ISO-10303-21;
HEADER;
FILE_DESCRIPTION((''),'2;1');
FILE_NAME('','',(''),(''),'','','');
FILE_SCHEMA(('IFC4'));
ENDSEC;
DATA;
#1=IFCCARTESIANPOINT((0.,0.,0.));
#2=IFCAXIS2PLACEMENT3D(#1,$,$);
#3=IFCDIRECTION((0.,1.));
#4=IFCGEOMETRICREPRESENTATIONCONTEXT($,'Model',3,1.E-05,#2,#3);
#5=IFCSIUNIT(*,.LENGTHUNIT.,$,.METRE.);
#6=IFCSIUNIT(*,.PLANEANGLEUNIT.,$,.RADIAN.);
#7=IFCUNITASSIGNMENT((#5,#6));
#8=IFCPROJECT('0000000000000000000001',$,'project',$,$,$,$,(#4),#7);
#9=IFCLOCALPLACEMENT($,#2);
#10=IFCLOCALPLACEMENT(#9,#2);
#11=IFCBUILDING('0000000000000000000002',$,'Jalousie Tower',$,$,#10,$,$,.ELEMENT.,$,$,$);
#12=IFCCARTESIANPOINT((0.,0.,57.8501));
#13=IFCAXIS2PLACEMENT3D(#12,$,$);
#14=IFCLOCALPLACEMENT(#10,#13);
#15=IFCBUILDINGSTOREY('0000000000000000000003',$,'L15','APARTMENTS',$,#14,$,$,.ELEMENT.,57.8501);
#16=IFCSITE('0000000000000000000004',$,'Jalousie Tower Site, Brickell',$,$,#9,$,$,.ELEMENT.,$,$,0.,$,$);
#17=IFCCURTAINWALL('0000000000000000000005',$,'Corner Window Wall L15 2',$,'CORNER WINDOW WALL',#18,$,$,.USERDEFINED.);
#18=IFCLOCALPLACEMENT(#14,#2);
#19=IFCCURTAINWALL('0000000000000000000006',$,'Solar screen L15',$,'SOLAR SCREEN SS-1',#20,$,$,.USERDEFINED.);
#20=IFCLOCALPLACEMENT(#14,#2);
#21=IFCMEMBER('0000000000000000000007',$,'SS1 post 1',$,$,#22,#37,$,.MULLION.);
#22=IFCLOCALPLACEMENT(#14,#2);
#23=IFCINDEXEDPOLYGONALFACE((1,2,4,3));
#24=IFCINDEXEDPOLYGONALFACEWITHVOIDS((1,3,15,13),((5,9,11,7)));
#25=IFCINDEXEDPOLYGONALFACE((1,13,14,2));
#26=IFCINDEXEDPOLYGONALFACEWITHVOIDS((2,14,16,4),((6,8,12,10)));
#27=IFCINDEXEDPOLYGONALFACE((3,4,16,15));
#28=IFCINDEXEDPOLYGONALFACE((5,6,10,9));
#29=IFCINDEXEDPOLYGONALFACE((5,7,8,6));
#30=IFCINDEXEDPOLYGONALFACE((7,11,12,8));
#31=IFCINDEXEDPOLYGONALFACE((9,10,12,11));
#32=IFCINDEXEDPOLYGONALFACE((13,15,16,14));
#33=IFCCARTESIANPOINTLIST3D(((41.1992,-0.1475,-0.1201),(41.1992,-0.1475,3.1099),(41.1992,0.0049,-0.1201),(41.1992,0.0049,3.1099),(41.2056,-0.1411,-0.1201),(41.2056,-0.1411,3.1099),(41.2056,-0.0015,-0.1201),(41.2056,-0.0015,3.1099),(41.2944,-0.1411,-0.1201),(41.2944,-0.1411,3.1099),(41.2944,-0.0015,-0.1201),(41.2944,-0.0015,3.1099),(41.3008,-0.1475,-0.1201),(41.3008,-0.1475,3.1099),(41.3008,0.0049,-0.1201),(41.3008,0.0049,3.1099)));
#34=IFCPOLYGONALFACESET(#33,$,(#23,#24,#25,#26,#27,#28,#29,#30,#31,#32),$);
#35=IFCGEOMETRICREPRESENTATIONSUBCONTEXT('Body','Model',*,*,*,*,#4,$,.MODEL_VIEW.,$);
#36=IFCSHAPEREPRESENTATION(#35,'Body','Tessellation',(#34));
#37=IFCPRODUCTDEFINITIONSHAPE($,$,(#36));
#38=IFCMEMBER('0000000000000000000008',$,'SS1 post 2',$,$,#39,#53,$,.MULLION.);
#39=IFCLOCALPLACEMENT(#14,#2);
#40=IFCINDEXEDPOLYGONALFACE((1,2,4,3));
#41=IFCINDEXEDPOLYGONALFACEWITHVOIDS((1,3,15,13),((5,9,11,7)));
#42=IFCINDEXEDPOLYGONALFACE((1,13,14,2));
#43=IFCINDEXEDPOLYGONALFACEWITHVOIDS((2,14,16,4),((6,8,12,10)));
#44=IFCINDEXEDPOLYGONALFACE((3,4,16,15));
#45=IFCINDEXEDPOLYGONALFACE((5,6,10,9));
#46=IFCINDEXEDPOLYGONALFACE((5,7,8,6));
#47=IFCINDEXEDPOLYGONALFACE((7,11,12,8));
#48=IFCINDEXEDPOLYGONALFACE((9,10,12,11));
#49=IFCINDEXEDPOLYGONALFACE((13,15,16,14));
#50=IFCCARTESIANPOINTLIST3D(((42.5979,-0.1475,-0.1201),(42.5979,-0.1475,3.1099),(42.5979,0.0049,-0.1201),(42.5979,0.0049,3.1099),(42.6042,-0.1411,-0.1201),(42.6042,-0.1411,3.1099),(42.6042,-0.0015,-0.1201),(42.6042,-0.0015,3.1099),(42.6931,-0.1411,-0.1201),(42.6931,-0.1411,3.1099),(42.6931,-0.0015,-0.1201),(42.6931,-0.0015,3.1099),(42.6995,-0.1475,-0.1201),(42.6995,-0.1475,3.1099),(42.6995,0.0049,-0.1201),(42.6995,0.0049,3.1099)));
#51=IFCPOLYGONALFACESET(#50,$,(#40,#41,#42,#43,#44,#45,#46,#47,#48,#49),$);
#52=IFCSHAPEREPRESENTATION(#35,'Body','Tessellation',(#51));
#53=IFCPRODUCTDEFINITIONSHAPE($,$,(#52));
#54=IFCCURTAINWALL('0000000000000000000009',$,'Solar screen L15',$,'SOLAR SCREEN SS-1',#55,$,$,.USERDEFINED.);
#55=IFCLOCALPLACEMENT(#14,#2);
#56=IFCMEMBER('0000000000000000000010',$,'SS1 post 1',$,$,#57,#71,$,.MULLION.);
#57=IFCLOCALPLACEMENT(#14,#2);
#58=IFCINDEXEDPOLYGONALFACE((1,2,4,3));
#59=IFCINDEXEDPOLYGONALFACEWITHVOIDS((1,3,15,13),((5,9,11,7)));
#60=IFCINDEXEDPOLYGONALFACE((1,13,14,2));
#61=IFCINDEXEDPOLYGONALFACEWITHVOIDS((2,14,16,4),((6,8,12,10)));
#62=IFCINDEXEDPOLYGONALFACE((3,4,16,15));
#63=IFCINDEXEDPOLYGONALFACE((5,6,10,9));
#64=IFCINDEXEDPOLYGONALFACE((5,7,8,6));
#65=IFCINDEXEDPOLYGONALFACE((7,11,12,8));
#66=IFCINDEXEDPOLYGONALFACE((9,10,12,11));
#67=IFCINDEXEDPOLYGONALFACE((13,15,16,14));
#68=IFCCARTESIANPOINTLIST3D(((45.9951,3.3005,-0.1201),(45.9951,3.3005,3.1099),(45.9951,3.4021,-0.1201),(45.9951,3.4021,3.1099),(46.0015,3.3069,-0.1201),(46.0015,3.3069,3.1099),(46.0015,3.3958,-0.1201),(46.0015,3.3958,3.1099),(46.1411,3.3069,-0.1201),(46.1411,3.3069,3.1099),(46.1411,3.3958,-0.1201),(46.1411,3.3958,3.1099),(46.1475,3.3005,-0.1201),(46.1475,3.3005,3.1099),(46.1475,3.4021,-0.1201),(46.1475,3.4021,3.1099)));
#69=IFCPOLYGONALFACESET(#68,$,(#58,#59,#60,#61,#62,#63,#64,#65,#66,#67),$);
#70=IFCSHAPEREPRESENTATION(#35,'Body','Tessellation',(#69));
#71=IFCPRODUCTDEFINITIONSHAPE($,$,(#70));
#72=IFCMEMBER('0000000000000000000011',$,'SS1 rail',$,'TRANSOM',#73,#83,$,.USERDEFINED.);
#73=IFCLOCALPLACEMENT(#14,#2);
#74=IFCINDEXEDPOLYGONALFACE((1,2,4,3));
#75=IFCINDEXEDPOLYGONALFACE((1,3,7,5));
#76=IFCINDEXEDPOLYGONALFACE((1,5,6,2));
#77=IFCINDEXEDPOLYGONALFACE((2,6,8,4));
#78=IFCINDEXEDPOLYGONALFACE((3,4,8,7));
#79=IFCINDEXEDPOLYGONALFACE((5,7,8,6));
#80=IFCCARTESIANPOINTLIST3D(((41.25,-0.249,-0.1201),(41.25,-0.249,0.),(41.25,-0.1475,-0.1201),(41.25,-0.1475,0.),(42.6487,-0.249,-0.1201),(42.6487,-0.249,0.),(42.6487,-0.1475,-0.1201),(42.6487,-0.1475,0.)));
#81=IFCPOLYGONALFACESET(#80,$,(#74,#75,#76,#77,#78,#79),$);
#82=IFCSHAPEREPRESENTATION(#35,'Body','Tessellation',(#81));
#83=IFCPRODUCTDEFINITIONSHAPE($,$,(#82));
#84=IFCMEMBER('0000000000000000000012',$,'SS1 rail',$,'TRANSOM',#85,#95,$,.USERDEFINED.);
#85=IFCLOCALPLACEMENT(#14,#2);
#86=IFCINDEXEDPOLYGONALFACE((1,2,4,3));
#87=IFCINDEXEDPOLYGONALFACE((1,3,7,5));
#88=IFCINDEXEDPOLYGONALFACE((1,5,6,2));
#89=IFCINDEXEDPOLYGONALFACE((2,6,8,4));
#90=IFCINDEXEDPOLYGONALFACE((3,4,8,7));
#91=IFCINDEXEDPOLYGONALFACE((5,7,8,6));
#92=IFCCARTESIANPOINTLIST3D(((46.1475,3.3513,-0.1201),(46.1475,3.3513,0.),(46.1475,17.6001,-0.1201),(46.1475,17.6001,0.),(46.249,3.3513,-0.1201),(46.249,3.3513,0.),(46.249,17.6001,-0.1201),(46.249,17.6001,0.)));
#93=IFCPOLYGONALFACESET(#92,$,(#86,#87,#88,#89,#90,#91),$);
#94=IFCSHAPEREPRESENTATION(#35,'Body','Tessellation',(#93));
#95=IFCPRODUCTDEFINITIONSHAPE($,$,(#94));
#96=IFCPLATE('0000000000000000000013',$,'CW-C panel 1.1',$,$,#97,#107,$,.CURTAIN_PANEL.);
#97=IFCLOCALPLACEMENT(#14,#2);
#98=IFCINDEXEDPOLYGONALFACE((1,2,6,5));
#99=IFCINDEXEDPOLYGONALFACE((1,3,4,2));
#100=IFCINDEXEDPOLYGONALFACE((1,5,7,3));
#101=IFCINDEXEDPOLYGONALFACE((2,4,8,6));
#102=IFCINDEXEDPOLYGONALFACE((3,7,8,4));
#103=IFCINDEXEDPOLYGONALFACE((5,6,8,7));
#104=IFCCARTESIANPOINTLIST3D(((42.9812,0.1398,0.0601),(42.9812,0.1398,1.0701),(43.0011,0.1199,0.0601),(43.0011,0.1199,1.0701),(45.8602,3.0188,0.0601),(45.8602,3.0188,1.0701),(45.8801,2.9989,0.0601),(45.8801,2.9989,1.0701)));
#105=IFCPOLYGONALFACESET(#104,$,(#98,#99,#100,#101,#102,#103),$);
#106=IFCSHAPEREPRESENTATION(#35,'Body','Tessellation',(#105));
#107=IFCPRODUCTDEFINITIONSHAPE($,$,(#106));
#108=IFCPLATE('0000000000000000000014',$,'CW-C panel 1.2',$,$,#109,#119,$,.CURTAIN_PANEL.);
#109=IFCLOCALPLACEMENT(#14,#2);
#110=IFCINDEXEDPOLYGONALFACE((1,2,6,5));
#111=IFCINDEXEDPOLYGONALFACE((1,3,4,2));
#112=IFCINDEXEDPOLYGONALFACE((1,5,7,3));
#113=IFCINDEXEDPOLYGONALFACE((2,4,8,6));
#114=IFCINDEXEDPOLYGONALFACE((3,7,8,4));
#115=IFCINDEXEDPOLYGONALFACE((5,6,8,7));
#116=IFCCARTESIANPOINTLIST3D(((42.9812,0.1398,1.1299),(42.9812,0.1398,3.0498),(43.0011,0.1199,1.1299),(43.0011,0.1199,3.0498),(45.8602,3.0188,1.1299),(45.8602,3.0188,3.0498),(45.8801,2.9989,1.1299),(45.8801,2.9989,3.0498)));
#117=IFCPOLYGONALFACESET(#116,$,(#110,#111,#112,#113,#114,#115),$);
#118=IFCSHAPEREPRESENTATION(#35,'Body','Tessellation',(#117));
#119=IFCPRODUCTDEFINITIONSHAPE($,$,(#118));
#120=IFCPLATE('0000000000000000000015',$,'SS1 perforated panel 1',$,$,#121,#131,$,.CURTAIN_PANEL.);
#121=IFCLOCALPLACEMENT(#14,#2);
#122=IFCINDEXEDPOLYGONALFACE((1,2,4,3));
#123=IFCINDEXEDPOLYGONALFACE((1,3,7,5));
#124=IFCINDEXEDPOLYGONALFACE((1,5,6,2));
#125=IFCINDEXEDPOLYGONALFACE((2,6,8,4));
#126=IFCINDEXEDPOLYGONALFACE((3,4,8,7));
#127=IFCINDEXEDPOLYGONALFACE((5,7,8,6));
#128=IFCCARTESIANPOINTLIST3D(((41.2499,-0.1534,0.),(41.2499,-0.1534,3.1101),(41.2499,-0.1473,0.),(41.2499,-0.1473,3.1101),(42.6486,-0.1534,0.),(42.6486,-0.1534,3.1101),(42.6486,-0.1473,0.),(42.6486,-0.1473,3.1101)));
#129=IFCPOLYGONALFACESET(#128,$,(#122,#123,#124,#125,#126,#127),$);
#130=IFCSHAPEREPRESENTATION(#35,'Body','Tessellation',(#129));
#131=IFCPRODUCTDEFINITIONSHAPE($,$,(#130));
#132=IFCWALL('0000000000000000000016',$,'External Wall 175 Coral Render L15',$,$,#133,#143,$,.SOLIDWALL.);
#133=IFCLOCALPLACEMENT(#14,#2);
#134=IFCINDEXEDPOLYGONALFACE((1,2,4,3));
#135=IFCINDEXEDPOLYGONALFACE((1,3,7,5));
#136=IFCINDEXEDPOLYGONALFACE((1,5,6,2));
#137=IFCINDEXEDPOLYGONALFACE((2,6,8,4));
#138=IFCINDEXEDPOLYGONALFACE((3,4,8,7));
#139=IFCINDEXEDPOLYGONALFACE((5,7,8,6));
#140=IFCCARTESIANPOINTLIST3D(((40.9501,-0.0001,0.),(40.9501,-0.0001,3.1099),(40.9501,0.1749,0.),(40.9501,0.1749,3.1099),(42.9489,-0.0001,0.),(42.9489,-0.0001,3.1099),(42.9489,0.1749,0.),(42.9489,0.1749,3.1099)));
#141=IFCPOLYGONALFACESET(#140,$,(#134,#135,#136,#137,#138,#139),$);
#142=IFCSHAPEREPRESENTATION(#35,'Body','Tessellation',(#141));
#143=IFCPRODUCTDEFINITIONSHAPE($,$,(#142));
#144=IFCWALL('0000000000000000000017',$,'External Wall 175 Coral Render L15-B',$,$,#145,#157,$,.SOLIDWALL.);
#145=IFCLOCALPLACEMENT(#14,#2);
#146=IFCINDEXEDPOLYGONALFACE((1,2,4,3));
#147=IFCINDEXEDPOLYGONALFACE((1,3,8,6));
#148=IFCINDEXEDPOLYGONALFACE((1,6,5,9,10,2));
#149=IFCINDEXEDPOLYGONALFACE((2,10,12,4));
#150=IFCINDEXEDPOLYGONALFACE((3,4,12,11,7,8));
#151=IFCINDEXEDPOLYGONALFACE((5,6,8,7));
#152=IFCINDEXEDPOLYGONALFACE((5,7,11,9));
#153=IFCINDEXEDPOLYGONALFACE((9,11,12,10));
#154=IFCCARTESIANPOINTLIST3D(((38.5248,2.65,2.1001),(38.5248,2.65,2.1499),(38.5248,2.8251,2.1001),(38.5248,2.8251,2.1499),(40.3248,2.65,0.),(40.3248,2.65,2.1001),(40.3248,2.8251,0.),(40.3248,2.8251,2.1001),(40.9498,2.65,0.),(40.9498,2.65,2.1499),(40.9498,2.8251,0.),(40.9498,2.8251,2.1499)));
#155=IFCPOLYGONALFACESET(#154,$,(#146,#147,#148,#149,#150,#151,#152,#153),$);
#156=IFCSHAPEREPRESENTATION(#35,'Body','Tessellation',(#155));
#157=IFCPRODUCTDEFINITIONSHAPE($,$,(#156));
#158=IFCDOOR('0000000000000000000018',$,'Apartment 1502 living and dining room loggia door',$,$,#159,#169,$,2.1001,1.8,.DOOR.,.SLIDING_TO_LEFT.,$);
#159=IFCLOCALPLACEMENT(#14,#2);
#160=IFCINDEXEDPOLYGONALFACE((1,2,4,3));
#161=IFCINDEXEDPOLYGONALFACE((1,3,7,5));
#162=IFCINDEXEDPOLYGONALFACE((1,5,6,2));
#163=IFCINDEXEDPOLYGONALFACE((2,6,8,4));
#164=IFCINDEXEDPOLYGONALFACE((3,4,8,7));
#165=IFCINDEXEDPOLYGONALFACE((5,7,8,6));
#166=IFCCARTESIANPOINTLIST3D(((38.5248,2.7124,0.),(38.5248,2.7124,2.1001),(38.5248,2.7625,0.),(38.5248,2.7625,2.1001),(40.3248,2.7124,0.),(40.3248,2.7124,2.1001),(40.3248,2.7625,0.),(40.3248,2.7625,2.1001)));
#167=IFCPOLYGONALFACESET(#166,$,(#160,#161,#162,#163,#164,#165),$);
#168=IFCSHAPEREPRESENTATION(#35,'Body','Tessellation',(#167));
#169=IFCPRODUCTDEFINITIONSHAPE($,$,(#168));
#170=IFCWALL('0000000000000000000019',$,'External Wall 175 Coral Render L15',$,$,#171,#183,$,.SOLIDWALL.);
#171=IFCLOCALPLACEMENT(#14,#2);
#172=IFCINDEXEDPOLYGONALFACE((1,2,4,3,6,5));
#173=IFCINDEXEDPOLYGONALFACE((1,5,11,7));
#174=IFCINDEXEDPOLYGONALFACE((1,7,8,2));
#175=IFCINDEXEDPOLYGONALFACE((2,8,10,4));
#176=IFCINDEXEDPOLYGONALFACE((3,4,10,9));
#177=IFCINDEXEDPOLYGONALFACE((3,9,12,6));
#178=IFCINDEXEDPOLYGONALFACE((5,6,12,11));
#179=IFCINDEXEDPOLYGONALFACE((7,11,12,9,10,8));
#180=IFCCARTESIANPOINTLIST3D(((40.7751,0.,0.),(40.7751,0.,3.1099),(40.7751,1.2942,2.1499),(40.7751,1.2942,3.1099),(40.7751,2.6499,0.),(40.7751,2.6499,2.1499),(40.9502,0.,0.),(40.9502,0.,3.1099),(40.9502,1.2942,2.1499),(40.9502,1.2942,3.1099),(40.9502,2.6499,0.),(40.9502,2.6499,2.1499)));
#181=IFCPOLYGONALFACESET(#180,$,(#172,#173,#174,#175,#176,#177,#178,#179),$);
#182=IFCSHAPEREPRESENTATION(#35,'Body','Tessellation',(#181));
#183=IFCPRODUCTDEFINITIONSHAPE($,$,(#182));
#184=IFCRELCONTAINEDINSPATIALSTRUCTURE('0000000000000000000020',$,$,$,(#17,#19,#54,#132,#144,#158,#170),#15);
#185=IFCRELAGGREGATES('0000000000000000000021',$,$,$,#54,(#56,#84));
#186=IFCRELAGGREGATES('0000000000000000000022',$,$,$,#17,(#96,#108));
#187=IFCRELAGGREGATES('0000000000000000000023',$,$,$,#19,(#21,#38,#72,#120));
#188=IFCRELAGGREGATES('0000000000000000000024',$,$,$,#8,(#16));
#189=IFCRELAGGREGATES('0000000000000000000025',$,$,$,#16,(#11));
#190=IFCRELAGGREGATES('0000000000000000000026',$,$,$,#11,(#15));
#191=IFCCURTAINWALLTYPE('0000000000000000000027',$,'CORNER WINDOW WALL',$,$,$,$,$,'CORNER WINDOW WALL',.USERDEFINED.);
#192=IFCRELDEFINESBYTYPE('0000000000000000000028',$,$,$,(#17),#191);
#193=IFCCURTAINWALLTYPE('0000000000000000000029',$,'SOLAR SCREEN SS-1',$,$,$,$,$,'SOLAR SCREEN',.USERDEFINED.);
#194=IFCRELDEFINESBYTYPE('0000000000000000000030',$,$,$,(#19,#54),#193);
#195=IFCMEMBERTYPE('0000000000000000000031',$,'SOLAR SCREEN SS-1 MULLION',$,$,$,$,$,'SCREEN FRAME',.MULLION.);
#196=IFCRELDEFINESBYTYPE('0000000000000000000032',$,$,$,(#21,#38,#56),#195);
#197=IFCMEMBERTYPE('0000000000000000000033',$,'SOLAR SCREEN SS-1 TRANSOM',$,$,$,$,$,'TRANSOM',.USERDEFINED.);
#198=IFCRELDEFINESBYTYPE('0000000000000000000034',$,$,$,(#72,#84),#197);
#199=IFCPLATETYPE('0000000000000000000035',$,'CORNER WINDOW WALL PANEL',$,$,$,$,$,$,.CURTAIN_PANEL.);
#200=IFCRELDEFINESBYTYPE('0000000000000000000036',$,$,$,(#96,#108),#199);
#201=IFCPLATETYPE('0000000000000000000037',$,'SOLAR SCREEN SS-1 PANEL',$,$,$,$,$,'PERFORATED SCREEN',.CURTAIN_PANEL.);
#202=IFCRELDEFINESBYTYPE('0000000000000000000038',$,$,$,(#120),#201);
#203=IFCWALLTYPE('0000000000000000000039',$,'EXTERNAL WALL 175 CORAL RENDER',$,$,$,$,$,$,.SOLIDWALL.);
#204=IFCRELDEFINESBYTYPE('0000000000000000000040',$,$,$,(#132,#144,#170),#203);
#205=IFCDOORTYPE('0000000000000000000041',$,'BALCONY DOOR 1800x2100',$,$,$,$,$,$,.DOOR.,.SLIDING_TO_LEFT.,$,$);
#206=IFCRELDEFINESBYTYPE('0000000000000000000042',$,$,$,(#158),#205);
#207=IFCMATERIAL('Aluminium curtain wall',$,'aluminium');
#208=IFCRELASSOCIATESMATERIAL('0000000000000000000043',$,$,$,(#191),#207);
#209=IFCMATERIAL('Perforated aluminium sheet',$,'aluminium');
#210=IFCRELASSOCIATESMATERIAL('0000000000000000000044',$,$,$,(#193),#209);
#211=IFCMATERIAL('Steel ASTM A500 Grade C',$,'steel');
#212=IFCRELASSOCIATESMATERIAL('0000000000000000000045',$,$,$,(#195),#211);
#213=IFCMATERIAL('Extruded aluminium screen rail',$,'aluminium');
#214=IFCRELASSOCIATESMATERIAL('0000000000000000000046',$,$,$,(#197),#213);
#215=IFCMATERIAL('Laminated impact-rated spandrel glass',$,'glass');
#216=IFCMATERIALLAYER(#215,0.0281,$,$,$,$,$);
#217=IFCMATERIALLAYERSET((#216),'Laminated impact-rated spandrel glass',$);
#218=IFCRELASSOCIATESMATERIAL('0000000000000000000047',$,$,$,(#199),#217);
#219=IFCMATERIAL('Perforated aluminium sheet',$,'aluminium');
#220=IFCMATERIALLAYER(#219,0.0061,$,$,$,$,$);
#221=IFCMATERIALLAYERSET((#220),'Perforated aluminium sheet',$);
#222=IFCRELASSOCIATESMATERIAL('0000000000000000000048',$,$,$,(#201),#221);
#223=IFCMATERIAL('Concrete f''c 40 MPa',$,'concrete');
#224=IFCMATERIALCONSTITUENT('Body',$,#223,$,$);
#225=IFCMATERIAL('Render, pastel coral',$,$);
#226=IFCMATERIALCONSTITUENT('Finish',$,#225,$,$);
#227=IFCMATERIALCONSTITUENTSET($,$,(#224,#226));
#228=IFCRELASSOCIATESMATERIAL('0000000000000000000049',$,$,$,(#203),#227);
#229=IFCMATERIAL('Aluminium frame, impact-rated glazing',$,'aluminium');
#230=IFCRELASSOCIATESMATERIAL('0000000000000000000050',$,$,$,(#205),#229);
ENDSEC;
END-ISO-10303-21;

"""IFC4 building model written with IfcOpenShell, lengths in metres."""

from ifc_helpers import new_model, si_unit, direction, frame, frame_2d, origin, origin_2d, place, context, subcontext, project, spatial, polyline, rectangle, hollow_rectangle, outline, extrude, material, layer, layer_set, constituent, constituent_set, material_profile, profile_set, type_object, element, fill, aggregate, save


model = new_model("IFC4")

# Units and contexts
model_context = context("Model", 3, precision=1e-05, world=origin(), true_north=direction((0.0, 1.0)))
body_context = subcontext(model_context, "Body", "Model", "MODEL_VIEW")
ifc_project = project(units=[si_unit("LENGTHUNIT", "METRE"), si_unit("PLANEANGLEUNIT", "RADIAN")], contexts=[model_context])

# Site, building, storey
site_placement = place(None, origin())
site = spatial("IfcSite", under=ifc_project, at=site_placement, Name="Jalousie Tower Site, Brickell", CompositionType="ELEMENT", RefElevation=0.0)
building_placement = place(site_placement, origin())
building = spatial("IfcBuilding", under=site, at=building_placement, Name="Jalousie Tower", CompositionType="ELEMENT")
storey_placement = place(building_placement, frame((0.0, 0.0, 57.8501)))
storey = spatial("IfcBuildingStorey", under=building, at=storey_placement, Name="L15", Description="APARTMENTS", CompositionType="ELEMENT", Elevation=57.8501)

# Curtain wall
ifc_material_1 = material(Name="Aluminium curtain wall", Category="aluminium")
curtain_wall_type_1 = type_object("IfcCurtainWallType", Name="CORNER WINDOW WALL", ElementType="CORNER WINDOW WALL", PredefinedType="USERDEFINED", material=ifc_material_1)
curtain_wall_1_placement = place(storey_placement, origin())
curtain_wall_1 = element("IfcCurtainWall", 1, at=curtain_wall_1_placement, inside=storey, type_object=curtain_wall_type_1, Name="Corner Window Wall L15 2", ObjectType="CORNER WINDOW WALL", PredefinedType="USERDEFINED")

# Curtain wall, members
ifc_material_2 = material(Name="Perforated aluminium sheet", Category="aluminium")
curtain_wall_type_2 = type_object("IfcCurtainWallType", Name="SOLAR SCREEN SS-1", ElementType="SOLAR SCREEN", PredefinedType="USERDEFINED", material=ifc_material_2)
curtain_wall_2_placement = place(storey_placement, origin())
curtain_wall_2 = element("IfcCurtainWall", 2, at=curtain_wall_2_placement, inside=storey, type_object=curtain_wall_type_2, Name="Solar screen L15", ObjectType="SOLAR SCREEN SS-1", PredefinedType="USERDEFINED")
ifc_material_3 = material(Name="Steel ASTM A500 Grade C", Category="steel")
ifc_material_profile_1 = material_profile(ifc_material_3, hollow_rectangle(XDim=0.1016, YDim=0.1523, WallThickness=0.0063, at=origin_2d()), Name="HSS6X4X1/4")
ifc_profile_set_1 = profile_set([ifc_material_profile_1], Name="Steel ASTM A500 Grade C")
member_type_1 = type_object("IfcMemberType", Name="SOLAR SCREEN SS-1 MULLION", ElementType="SCREEN FRAME", PredefinedType="MULLION", material=ifc_profile_set_1)
member_1_placement = place(storey_placement, frame((41.25, -0.0713, -0.1201), z_axis=(0.0, 0.0, 1.0), x_axis=(1.0, 0.0, 0.0)))
member_1 = element("IfcMember", 3, at=member_1_placement, type_object=member_type_1, Name="SS1 post 1", PredefinedType="MULLION", context=body_context, shape_type="SweptSolid", body=[
    extrude(hollow_rectangle(XDim=0.1016, YDim=0.1523, WallThickness=0.0063, at=origin_2d()), origin(), (0.0, 0.0, 1.0), 3.23),
])
member_2_placement = place(storey_placement, frame((42.6487, -0.0713, -0.1201), z_axis=(0.0, 0.0, 1.0), x_axis=(1.0, 0.0, 0.0)))
member_2 = element("IfcMember", 4, at=member_2_placement, type_object=member_type_1, Name="SS1 post 2", PredefinedType="MULLION", context=body_context, shape_type="SweptSolid", body=[
    extrude(hollow_rectangle(XDim=0.1016, YDim=0.1523, WallThickness=0.0063, at=origin_2d()), origin(), (0.0, 0.0, 1.0), 3.23),
])

# Curtain wall, member
curtain_wall_3_placement = place(storey_placement, origin())
curtain_wall_3 = element("IfcCurtainWall", 5, at=curtain_wall_3_placement, inside=storey, type_object=curtain_wall_type_2, Name="Solar screen L15", ObjectType="SOLAR SCREEN SS-1", PredefinedType="USERDEFINED")
member_3_placement = place(storey_placement, frame((46.0713, 3.3513, -0.1201), z_axis=(0.0, 0.0, 1.0), x_axis=(0.0, 1.0, 0.0)))
member_3 = element("IfcMember", 6, at=member_3_placement, type_object=member_type_1, Name="SS1 post 1", PredefinedType="MULLION", context=body_context, shape_type="SweptSolid", body=[
    extrude(hollow_rectangle(XDim=0.1016, YDim=0.1523, WallThickness=0.0063, at=origin_2d()), origin(), (0.0, 0.0, 1.0), 3.23),
])

# Members
ifc_material_4 = material(Name="Extruded aluminium screen rail", Category="aluminium")
ifc_material_profile_2 = material_profile(ifc_material_4, rectangle(XDim=0.1016, YDim=0.1201, at=origin_2d()), Name="RAIL 102x120")
ifc_profile_set_2 = profile_set([ifc_material_profile_2], Name="Extruded aluminium screen rail")
member_type_2 = type_object("IfcMemberType", Name="SOLAR SCREEN SS-1 TRANSOM", ElementType="TRANSOM", PredefinedType="USERDEFINED", material=ifc_profile_set_2)
member_4_placement = place(storey_placement, frame((41.25, -0.1982, -0.0601), z_axis=(1.0, 0.0, 0.0), x_axis=(0.0, 1.0, 0.0)))
member_4 = element("IfcMember", 7, at=member_4_placement, type_object=member_type_2, Name="SS1 rail", ObjectType="TRANSOM", PredefinedType="USERDEFINED", context=body_context, shape_type="SweptSolid", body=[
    extrude(rectangle(XDim=0.1016, YDim=0.1201, at=origin_2d()), origin(), (0.0, 0.0, 1.0), 1.3987),
])
member_5_placement = place(storey_placement, frame((46.1982, 3.3513, -0.0601), z_axis=(0.0, 1.0, 0.0), x_axis=(-1.0, 0.0, 0.0)))
member_5 = element("IfcMember", 8, at=member_5_placement, type_object=member_type_2, Name="SS1 rail", ObjectType="TRANSOM", PredefinedType="USERDEFINED", context=body_context, shape_type="SweptSolid", body=[
    extrude(rectangle(XDim=0.1016, YDim=0.1201, at=origin_2d()), origin(), (0.0, 0.0, 1.0), 14.2488),
])
aggregate(curtain_wall_3, [member_3, member_5])

# Plates
ifc_material_5 = material(Name="Laminated impact-rated spandrel glass", Category="glass")
ifc_layer_1 = layer(ifc_material_5, 0.0281)
ifc_layer_set_1 = layer_set([ifc_layer_1], Name="Laminated impact-rated spandrel glass")
plate_type_1 = type_object("IfcPlateType", Name="CORNER WINDOW WALL PANEL", PredefinedType="CURTAIN_PANEL", material=ifc_layer_set_1)
plate_1_placement = place(storey_placement, frame((44.4307, 1.5693, 0.0601), z_axis=(0.0, 0.0, 1.0), x_axis=(0.707107, 0.707107, 0.0)))
plate_1 = element("IfcPlate", 9, at=plate_1_placement, type_object=plate_type_1, Name="CW-C panel 1.1", PredefinedType="CURTAIN_PANEL", context=body_context, shape_type="SweptSolid", body=[
    extrude(rectangle(XDim=4.0715, YDim=0.0281, at=origin_2d()), origin(), (0.0, 0.0, 1.0), 1.01),
])
plate_2_placement = place(storey_placement, frame((44.4307, 1.5693, 1.1299), z_axis=(0.0, 0.0, 1.0), x_axis=(0.707107, 0.707107, 0.0)))
plate_2 = element("IfcPlate", 10, at=plate_2_placement, type_object=plate_type_1, Name="CW-C panel 1.2", PredefinedType="CURTAIN_PANEL", context=body_context, shape_type="SweptSolid", body=[
    extrude(rectangle(XDim=4.0715, YDim=0.0281, at=origin_2d()), origin(), (0.0, 0.0, 1.0), 1.9199),
])
aggregate(curtain_wall_1, [plate_1, plate_2])
ifc_material_6 = material(Name="Perforated aluminium sheet", Category="aluminium")
ifc_layer_2 = layer(ifc_material_6, 0.0061)
ifc_layer_set_2 = layer_set([ifc_layer_2], Name="Perforated aluminium sheet")
plate_type_2 = type_object("IfcPlateType", Name="SOLAR SCREEN SS-1 PANEL", ElementType="PERFORATED SCREEN", PredefinedType="CURTAIN_PANEL", material=ifc_layer_set_2)
plate_3_placement = place(storey_placement, frame((41.9492, -0.1504, 0.0), z_axis=(0.0, 0.0, 1.0), x_axis=(1.0, 0.0, 0.0)))
plate_3 = element("IfcPlate", 11, at=plate_3_placement, type_object=plate_type_2, Name="SS1 perforated panel 1", PredefinedType="CURTAIN_PANEL", context=body_context, shape_type="SweptSolid", body=[
    extrude(rectangle(XDim=1.3987, YDim=0.0061, at=origin_2d()), origin(), (0.0, 0.0, 1.0), 3.1101),
])
aggregate(curtain_wall_2, [member_1, member_2, member_4, plate_3])

# Wall
ifc_material_7 = material(Name="Concrete f'c 40 MPa", Category="concrete")
ifc_constituent_1 = constituent(ifc_material_7, Name="Body")
ifc_material_8 = material(Name="Render, pastel coral")
ifc_constituent_2 = constituent(ifc_material_8, Name="Finish")
ifc_constituent_set = constituent_set(constituents=[ifc_constituent_1, ifc_constituent_2])
wall_type = type_object("IfcWallType", Name="EXTERNAL WALL 175 CORAL RENDER", PredefinedType="SOLIDWALL", material=ifc_constituent_set)
wall_1_placement = place(storey_placement, frame((40.95, 0.0874, 0.0), z_axis=(0.0, 0.0, 1.0), x_axis=(1.0, 0.0, 0.0)))
element("IfcWall", 12, at=wall_1_placement, inside=storey, type_object=wall_type, Name="External Wall 175 Coral Render L15", PredefinedType="SOLIDWALL", context=body_context, shape_type="SweptSolid", body=[
    extrude(rectangle(XDim=1.9988, YDim=0.175, at=frame_2d((0.9995, 0.0))), origin(), (0.0, 0.0, 1.0), 3.1099),
])

# Wall, opening, door
wall_2_placement = place(storey_placement, frame((38.5249, 2.7375, 0.0), z_axis=(0.0, 0.0, 1.0), x_axis=(1.0, 0.0, 0.0)))
wall_2 = element("IfcWall", 13, at=wall_2_placement, inside=storey, type_object=wall_type, Name="External Wall 175 Coral Render L15-B", PredefinedType="SOLIDWALL", context=body_context, shape_type="SweptSolid", body=[
    extrude(rectangle(XDim=2.425, YDim=0.175, at=frame_2d((1.2124, 0.0))), origin(), (0.0, 0.0, 1.0), 2.1499),
])
opening_1_placement = place(wall_2_placement, origin())
opening_1 = element("IfcOpeningElement", 14, at=opening_1_placement, cuts=wall_2, PredefinedType="OPENING", context=body_context, shape_type="SweptSolid", body=[
    extrude(rectangle(XDim=1.8, YDim=2.1001, at=frame_2d((0.8999, 1.05))), frame((0.0, 0.0974, 0.0), z_axis=(0.0, -1.0, 0.0), x_axis=(1.0, 0.0, 0.0)), (0.0, 0.0, 1.0), 0.1951),
])
ifc_material_9 = material(Name="Aluminium frame, impact-rated glazing", Category="aluminium")
door_type = type_object("IfcDoorType", Name="BALCONY DOOR 1800x2100", OperationType="SLIDING_TO_LEFT", PredefinedType="DOOR", material=ifc_material_9)
door_placement = place(opening_1_placement, origin())
door = element("IfcDoor", 15, at=door_placement, inside=storey, type_object=door_type, Name="Apartment 1502 living and dining room loggia door", OperationType="SLIDING_TO_LEFT", OverallHeight=2.1001, OverallWidth=1.8, PredefinedType="DOOR", context=body_context, shape_type="SweptSolid", body=[
    extrude(rectangle(XDim=1.8, YDim=2.1001, at=frame_2d((0.8999, 1.05))), frame((0.0, 0.0249, 0.0), z_axis=(0.0, -1.0, 0.0), x_axis=(1.0, 0.0, 0.0)), (0.0, 0.0, 1.0), 0.05),
])
fill(opening_1, door)

# Wall
wall_3_placement = place(storey_placement, frame((40.8625, 0.0, 0.0), z_axis=(0.0, 0.0, 1.0), x_axis=(0.0, 1.0, 0.0)))
element("IfcWall", 16, at=wall_3_placement, inside=storey, type_object=wall_type, Name="External Wall 175 Coral Render L15", PredefinedType="SOLIDWALL", context=body_context, shape_type="SweptSolid", body=[
    extrude(outline(polyline([(0.0, 0.0), (2.6499, 0.0), (2.6499, 2.1499), (1.2942, 2.1499), (1.2942, 3.1099), (0.0, 3.1099), (0.0, 0.0)])), frame((0.0, 0.0874, 0.0), z_axis=(0.0, -1.0, 0.0), x_axis=(1.0, 0.0, 0.0)), (0.0, 0.0, 1.0), 0.175),
])

save(model, "model.ifc")
